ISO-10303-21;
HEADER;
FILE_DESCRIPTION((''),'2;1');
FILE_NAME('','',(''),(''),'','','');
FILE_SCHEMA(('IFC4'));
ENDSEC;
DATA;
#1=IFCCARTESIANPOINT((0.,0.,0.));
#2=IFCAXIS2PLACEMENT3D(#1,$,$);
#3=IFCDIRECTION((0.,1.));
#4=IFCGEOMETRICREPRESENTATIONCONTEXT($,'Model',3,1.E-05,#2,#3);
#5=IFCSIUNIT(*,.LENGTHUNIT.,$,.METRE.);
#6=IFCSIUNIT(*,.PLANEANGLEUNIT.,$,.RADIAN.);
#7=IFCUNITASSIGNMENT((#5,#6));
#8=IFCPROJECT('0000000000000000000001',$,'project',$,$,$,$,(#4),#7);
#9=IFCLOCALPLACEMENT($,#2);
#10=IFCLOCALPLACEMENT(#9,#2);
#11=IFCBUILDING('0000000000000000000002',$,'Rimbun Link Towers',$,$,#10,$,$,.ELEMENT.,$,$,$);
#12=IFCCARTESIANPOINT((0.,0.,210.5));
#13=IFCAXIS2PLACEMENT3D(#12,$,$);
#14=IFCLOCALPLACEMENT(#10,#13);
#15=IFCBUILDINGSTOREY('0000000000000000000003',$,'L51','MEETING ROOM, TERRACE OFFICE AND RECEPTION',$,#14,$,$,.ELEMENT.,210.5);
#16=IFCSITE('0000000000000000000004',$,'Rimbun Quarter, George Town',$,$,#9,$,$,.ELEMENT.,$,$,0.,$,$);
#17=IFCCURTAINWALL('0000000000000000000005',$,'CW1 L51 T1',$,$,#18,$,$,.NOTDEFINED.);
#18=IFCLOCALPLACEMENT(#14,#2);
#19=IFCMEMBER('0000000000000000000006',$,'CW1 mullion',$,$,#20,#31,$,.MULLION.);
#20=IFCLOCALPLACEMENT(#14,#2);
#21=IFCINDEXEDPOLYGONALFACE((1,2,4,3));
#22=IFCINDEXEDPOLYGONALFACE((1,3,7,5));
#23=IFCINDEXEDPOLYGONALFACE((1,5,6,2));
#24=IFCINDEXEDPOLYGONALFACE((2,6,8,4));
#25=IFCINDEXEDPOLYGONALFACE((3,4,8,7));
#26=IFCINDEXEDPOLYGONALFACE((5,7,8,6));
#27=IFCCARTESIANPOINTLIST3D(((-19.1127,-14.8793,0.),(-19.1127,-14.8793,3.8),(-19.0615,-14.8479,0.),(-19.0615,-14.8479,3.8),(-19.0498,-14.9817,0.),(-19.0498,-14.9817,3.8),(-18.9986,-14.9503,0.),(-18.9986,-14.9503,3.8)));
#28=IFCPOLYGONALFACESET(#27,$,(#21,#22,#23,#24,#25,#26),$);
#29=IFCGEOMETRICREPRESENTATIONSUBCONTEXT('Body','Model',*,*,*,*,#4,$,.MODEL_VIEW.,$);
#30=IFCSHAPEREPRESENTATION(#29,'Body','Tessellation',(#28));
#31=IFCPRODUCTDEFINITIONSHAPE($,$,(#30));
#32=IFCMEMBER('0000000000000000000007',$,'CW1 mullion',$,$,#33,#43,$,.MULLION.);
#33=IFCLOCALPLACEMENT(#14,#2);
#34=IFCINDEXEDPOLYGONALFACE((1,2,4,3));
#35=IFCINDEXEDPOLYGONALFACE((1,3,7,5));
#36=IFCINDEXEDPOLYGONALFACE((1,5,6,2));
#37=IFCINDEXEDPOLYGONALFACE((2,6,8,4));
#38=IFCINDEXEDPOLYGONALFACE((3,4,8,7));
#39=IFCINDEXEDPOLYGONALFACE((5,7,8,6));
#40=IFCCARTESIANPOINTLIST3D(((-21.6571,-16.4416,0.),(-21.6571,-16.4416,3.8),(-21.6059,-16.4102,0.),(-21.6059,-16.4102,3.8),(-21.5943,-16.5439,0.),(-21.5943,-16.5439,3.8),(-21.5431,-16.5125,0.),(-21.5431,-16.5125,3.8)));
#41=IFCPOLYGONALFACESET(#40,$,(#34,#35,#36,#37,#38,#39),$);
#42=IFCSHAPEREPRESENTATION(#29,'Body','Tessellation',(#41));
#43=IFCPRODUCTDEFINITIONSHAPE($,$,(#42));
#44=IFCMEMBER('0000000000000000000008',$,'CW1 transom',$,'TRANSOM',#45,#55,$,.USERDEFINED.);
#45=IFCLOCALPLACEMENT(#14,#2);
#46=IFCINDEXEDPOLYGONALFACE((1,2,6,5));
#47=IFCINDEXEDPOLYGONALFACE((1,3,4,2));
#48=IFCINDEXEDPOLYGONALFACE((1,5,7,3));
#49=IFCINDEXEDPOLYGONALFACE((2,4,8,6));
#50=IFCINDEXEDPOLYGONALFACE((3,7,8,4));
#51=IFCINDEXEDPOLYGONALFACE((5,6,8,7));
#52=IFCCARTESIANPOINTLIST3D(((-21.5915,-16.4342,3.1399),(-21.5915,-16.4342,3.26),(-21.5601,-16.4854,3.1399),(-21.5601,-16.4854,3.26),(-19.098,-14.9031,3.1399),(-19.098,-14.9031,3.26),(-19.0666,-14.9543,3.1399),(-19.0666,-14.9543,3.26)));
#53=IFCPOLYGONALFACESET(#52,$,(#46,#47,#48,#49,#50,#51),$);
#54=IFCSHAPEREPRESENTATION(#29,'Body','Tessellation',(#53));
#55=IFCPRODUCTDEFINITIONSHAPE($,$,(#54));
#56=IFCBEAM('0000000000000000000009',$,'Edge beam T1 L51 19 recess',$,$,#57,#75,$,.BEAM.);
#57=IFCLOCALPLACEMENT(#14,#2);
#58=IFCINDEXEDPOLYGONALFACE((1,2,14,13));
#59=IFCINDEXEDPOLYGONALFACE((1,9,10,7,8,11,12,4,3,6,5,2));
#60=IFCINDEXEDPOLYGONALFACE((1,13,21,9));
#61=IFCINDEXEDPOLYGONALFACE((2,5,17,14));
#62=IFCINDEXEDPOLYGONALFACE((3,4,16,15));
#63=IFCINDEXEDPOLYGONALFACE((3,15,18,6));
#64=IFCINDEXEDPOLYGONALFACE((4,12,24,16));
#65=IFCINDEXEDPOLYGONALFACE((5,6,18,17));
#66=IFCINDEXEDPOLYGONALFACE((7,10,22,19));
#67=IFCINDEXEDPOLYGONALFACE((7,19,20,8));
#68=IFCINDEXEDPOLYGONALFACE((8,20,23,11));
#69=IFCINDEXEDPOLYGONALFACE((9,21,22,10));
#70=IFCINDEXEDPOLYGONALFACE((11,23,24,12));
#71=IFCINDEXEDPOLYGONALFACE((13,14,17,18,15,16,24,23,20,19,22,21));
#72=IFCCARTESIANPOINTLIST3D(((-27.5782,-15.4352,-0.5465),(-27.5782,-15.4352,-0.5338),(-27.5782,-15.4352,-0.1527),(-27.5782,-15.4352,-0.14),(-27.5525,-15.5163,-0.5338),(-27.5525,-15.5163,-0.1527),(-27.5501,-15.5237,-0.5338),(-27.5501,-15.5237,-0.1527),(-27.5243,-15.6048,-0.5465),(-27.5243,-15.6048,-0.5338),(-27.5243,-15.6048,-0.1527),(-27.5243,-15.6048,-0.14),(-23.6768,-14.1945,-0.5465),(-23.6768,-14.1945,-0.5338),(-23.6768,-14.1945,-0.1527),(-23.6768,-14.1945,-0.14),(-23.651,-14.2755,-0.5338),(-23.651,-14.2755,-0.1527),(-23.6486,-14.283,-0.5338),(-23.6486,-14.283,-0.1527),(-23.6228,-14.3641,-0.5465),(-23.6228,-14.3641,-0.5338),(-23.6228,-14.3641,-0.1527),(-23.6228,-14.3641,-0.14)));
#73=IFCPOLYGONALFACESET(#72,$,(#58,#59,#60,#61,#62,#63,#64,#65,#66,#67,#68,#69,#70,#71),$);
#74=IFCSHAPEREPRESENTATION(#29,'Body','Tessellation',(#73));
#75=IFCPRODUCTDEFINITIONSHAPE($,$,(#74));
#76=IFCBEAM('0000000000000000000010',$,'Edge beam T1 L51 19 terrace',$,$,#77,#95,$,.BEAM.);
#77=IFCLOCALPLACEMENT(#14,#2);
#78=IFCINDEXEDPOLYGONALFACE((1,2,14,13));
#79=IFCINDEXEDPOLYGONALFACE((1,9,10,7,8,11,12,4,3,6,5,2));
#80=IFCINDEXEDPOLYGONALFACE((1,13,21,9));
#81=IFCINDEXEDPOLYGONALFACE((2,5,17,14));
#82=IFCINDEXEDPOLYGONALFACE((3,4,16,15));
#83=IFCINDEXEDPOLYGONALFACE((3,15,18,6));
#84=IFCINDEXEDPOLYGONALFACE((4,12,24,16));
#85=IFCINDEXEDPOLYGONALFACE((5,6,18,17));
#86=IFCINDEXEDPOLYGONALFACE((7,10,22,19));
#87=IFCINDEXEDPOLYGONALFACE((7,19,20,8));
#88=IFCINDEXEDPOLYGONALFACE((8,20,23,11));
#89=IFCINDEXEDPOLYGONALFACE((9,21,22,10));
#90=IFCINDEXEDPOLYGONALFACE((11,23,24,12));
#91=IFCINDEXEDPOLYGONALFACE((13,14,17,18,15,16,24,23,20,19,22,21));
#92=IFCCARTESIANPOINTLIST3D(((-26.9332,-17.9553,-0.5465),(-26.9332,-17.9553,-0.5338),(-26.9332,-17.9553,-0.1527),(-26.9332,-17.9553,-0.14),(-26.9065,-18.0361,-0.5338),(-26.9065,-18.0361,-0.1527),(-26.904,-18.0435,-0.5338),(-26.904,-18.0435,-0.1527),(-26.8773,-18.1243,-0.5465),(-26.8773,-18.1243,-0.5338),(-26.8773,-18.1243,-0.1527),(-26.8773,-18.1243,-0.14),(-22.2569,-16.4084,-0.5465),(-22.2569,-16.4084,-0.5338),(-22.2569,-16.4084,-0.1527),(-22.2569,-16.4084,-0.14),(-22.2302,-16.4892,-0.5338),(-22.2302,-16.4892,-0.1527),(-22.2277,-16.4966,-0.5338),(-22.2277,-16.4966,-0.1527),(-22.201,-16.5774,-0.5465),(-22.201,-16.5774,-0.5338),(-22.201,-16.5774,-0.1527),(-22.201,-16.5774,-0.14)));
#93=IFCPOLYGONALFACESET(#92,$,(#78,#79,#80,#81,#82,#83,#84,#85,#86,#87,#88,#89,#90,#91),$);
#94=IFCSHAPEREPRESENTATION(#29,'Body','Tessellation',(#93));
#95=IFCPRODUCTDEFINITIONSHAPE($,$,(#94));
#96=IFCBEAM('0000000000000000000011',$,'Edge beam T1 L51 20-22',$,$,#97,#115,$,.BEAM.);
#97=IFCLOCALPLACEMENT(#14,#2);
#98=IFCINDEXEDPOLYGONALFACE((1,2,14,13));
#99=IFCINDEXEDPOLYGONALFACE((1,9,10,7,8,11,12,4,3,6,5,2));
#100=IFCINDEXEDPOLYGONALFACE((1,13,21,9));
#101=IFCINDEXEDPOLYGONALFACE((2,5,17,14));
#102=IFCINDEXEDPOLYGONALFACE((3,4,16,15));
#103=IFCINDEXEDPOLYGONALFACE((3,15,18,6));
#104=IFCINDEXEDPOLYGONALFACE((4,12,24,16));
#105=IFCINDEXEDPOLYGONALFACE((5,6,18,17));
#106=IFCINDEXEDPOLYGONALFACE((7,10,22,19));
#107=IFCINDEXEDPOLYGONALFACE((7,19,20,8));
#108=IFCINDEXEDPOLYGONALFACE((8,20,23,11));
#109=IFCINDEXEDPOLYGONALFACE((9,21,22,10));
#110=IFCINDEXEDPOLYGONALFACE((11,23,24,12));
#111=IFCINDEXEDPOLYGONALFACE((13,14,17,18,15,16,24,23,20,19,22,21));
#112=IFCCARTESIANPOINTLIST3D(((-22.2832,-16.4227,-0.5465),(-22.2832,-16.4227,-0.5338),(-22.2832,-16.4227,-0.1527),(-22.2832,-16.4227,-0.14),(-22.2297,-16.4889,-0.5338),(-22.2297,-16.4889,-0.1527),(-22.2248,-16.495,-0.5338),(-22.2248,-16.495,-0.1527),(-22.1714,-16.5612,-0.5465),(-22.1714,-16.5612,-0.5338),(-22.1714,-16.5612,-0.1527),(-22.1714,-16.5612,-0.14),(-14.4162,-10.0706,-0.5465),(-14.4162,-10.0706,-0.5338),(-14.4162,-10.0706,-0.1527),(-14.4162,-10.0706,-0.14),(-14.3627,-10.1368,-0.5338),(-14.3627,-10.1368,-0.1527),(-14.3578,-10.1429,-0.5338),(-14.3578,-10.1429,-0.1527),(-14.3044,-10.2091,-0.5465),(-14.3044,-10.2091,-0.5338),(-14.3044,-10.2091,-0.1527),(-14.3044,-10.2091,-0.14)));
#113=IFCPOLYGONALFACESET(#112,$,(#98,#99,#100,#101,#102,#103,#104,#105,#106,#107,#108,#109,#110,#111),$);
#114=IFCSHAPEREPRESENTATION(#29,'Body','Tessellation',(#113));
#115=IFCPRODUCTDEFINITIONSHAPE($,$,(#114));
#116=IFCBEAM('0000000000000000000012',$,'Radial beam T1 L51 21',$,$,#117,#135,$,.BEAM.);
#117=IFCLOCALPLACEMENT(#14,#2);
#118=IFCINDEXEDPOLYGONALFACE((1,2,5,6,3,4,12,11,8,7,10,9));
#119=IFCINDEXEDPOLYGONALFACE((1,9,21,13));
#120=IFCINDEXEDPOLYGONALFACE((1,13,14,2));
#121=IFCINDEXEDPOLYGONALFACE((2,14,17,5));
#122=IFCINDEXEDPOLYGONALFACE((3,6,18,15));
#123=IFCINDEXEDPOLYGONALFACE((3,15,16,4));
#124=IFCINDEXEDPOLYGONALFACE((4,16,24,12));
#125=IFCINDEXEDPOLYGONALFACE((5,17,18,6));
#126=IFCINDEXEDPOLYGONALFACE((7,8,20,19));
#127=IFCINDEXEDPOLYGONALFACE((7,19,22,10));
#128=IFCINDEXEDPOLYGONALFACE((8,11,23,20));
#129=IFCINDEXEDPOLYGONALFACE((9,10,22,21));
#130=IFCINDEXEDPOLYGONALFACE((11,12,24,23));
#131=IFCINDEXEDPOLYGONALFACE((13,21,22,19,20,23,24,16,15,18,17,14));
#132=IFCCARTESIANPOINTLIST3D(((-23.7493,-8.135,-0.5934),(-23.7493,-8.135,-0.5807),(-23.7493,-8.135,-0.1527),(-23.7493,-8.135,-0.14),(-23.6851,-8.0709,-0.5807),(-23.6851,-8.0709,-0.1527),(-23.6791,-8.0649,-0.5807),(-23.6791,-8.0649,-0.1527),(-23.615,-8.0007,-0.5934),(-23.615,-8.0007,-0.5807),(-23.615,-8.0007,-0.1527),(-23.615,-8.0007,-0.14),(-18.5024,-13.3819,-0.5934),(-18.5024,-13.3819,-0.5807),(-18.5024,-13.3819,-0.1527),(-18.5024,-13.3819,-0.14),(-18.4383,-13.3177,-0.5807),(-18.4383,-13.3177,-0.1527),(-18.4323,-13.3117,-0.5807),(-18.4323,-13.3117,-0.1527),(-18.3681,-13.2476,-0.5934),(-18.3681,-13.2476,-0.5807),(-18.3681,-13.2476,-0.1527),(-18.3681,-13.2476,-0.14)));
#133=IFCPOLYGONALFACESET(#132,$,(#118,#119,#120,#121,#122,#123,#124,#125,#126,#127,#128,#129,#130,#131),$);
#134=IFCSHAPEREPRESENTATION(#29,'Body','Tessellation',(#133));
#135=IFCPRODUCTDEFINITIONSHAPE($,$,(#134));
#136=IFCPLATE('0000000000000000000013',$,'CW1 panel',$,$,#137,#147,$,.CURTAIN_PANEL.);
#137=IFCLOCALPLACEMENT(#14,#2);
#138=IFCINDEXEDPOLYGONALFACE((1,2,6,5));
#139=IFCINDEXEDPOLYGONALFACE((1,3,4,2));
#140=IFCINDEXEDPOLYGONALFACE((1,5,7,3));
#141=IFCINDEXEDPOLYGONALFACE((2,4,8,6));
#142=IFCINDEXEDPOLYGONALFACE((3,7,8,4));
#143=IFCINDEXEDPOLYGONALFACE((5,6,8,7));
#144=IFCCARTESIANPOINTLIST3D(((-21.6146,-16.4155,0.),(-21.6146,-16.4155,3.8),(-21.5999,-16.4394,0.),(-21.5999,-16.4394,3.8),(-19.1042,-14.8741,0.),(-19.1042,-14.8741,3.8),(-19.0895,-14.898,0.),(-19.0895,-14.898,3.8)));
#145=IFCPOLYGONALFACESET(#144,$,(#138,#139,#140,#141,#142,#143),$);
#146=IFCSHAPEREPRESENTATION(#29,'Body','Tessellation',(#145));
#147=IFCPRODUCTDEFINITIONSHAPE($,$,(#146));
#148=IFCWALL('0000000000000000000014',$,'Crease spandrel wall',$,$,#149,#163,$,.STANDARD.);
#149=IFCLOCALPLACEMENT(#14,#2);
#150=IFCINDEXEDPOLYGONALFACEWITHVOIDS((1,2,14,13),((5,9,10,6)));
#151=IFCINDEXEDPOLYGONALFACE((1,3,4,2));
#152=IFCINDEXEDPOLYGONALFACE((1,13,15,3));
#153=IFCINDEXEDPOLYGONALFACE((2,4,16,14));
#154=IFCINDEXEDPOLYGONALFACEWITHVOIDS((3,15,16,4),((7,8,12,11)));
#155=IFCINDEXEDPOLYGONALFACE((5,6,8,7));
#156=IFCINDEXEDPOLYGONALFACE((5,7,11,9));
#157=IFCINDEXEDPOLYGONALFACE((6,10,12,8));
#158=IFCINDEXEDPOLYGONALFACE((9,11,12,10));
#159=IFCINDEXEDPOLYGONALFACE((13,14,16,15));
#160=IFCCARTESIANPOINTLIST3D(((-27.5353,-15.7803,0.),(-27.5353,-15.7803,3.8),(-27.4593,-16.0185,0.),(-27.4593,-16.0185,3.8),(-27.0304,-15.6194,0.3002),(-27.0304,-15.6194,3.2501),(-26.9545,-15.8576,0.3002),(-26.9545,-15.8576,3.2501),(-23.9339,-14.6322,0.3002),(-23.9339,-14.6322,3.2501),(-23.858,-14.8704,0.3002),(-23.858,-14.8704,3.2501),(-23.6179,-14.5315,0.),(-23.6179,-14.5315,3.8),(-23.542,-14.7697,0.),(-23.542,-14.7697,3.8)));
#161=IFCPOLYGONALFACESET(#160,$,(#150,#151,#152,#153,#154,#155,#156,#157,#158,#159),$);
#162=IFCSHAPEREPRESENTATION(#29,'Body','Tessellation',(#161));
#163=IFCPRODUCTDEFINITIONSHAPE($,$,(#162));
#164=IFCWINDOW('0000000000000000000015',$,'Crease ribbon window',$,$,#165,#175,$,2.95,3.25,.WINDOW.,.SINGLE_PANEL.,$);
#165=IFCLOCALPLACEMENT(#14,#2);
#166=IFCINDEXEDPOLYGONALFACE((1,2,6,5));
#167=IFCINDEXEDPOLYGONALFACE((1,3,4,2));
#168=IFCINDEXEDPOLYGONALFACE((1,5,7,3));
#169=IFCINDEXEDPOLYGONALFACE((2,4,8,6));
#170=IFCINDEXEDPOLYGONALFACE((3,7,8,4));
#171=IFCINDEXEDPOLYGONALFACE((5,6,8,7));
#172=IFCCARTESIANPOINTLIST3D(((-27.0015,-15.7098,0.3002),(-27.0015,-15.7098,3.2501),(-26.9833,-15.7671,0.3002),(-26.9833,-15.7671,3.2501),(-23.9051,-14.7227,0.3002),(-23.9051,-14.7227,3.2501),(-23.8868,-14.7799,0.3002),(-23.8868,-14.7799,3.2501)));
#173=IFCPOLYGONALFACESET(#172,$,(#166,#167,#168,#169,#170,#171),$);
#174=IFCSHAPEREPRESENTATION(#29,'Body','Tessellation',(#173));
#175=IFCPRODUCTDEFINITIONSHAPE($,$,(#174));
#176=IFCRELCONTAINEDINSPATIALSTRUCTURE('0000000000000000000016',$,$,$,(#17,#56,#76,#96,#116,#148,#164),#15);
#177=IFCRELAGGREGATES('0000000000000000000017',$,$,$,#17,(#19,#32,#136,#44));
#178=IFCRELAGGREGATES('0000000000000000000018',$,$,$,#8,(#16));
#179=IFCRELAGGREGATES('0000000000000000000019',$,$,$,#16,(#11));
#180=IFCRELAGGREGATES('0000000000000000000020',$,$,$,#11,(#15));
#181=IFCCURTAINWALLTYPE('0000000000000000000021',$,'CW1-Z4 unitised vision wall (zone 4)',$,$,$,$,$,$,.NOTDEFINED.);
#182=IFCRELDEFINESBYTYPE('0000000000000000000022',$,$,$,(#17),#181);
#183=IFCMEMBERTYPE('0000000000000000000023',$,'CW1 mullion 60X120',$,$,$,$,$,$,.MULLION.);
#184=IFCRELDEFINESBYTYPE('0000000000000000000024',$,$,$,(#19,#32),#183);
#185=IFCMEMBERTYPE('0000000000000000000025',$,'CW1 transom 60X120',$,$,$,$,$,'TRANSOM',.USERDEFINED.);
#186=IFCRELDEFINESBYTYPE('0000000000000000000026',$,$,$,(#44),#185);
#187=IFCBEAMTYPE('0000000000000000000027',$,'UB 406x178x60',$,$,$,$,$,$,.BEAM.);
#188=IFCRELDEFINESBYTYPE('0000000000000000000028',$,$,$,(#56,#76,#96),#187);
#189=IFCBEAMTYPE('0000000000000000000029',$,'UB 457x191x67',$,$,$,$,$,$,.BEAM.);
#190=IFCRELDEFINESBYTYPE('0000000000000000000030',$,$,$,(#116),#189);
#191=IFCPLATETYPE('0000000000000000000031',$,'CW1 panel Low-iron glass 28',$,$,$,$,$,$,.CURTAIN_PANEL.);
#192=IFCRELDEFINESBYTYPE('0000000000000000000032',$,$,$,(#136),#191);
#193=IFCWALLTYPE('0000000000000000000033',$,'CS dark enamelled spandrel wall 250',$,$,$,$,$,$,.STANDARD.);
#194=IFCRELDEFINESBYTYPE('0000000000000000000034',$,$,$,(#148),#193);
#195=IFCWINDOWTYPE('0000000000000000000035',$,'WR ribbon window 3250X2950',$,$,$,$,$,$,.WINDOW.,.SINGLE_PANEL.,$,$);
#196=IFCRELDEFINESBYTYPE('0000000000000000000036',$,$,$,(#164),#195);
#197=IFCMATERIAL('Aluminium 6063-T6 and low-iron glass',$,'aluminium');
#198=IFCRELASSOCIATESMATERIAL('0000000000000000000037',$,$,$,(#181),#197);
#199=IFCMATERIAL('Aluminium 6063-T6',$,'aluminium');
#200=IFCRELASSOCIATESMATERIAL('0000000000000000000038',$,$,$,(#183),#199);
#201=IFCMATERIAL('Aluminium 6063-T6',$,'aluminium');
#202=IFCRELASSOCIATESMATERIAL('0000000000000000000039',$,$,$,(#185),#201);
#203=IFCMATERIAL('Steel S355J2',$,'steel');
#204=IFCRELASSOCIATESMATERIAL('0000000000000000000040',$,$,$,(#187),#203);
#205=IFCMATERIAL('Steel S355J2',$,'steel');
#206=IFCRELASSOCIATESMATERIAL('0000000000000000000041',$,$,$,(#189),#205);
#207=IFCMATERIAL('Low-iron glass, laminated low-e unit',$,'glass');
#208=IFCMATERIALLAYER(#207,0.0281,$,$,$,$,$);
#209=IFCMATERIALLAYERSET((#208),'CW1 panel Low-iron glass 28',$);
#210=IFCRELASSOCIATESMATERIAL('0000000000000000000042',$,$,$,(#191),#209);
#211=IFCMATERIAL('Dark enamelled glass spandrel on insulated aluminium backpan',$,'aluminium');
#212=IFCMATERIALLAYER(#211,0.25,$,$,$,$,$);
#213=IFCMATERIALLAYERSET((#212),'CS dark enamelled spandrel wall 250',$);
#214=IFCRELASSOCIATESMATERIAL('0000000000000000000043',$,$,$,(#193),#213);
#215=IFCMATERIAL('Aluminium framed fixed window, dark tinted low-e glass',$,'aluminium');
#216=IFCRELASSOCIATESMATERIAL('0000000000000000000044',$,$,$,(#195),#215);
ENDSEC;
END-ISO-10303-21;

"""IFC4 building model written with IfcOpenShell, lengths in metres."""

from ifc_helpers import new_model, si_unit, direction, frame, frame_2d, origin, origin_2d, place, context, subcontext, project, spatial, rectangle, i_section, extrude, material, layer, layer_set, material_profile, profile_set, type_object, element, fill, aggregate, save


model = new_model("IFC4")

# Units and contexts
model_context = context("Model", 3, precision=1e-05, world=origin(), true_north=direction((0.0, 1.0)))
body_context = subcontext(model_context, "Body", "Model", "MODEL_VIEW")
ifc_project = project(units=[si_unit("LENGTHUNIT", "METRE"), si_unit("PLANEANGLEUNIT", "RADIAN")], contexts=[model_context])

# Site, building, storey
site_placement = place(None, origin())
site = spatial("IfcSite", under=ifc_project, at=site_placement, Name="Rimbun Quarter, George Town", CompositionType="ELEMENT", RefElevation=0.0)
building_placement = place(site_placement, origin())
building = spatial("IfcBuilding", under=site, at=building_placement, Name="Rimbun Link Towers", CompositionType="ELEMENT")
storey_placement = place(building_placement, frame((0.0, 0.0, 210.5)))
storey = spatial("IfcBuildingStorey", under=building, at=storey_placement, Name="L51", Description="MEETING ROOM, TERRACE OFFICE AND RECEPTION", CompositionType="ELEMENT", Elevation=210.5)

# Curtain wall, members
ifc_material_1 = material(Name="Aluminium 6063-T6 and low-iron glass", Category="aluminium")
curtain_wall_type = type_object("IfcCurtainWallType", Name="CW1-Z4 unitised vision wall (zone 4)", PredefinedType="NOTDEFINED", material=ifc_material_1)
curtain_wall_placement = place(storey_placement, origin())
curtain_wall = element("IfcCurtainWall", 1, at=curtain_wall_placement, inside=storey, type_object=curtain_wall_type, Name="CW1 L51 T1", PredefinedType="NOTDEFINED")
ifc_material_2 = material(Name="Aluminium 6063-T6", Category="aluminium")
ifc_material_profile_1 = material_profile(ifc_material_2, rectangle(XDim=0.1201, YDim=0.0601, at=origin_2d()), Name="MULLION 60X120")
ifc_profile_set_1 = profile_set([ifc_material_profile_1], Name="Aluminium 6063-T6")
member_type_1 = type_object("IfcMemberType", Name="CW1 mullion 60X120", PredefinedType="MULLION", material=ifc_profile_set_1)
member_1_placement = place(storey_placement, frame((-19.0557, -14.9148, 0.0), z_axis=(0.0, 0.0, 1.0), x_axis=(0.523242, -0.852184, 0.0)))
member_1 = element("IfcMember", 2, at=member_1_placement, type_object=member_type_1, Name="CW1 mullion", PredefinedType="MULLION", context=body_context, shape_type="SweptSolid", body=[
    extrude(rectangle(XDim=0.1201, YDim=0.0601, at=origin_2d()), origin(), (0.0, 0.0, 1.0), 3.8),
])
member_2_placement = place(storey_placement, frame((-21.6001, -16.4771, 0.0), z_axis=(0.0, 0.0, 1.0), x_axis=(0.523242, -0.852184, 0.0)))
member_2 = element("IfcMember", 3, at=member_2_placement, type_object=member_type_1, Name="CW1 mullion", PredefinedType="MULLION", context=body_context, shape_type="SweptSolid", body=[
    extrude(rectangle(XDim=0.1201, YDim=0.0601, at=origin_2d()), origin(), (0.0, 0.0, 1.0), 3.8),
])
ifc_material_3 = material(Name="Aluminium 6063-T6", Category="aluminium")
ifc_material_profile_2 = material_profile(ifc_material_3, rectangle(XDim=0.0601, YDim=0.1201, at=origin_2d()), Name="TRANSOM 60X120")
ifc_profile_set_2 = profile_set([ifc_material_profile_2], Name="Aluminium 6063-T6")
member_type_2 = type_object("IfcMemberType", Name="CW1 transom 60X120", ElementType="TRANSOM", PredefinedType="USERDEFINED", material=ifc_profile_set_2)
member_3_placement = place(storey_placement, frame((-19.0823, -14.9287, 3.2), z_axis=(-0.852176, -0.523255, 0.0), x_axis=(0.523255, -0.852176, 0.0)))
member_3 = element("IfcMember", 4, at=member_3_placement, type_object=member_type_2, Name="CW1 transom", ObjectType="TRANSOM", PredefinedType="USERDEFINED", context=body_context, shape_type="SweptSolid", body=[
    extrude(rectangle(XDim=0.0601, YDim=0.1201, at=origin_2d()), origin(), (0.0, 0.0, 1.0), 2.926),
])

# Beams
ifc_material_4 = material(Name="Steel S355J2", Category="steel")
ifc_material_profile_3 = material_profile(ifc_material_4, i_section(OverallWidth=0.178, OverallDepth=0.4065, WebThickness=0.0078, FlangeThickness=0.0127, at=origin_2d()), Name="UB 406x178x60")
ifc_profile_set_3 = profile_set([ifc_material_profile_3], Name="Steel S355J2")
beam_type_1 = type_object("IfcBeamType", Name="UB 406x178x60", PredefinedType="BEAM", material=ifc_profile_set_3)
beam_1_placement = place(storey_placement, frame((-27.5513, -15.52, -0.3433), z_axis=(0.95297, 0.303066, 0.0), x_axis=(-0.303066, 0.95297, 0.0)))
element("IfcBeam", 5, at=beam_1_placement, inside=storey, type_object=beam_type_1, Name="Edge beam T1 L51 19 recess", PredefinedType="BEAM", context=body_context, shape_type="SweptSolid", body=[
    extrude(i_section(OverallWidth=0.178, OverallDepth=0.4065, WebThickness=0.0078, FlangeThickness=0.0127, at=origin_2d()), origin(), (0.0, 0.0, 1.0), 4.094),
])
beam_2_placement = place(storey_placement, frame((-26.9053, -18.0398, -0.3433), z_axis=(0.949404, 0.314056, 0.0), x_axis=(-0.314056, 0.949404, 0.0)))
element("IfcBeam", 6, at=beam_2_placement, inside=storey, type_object=beam_type_1, Name="Edge beam T1 L51 19 terrace", PredefinedType="BEAM", context=body_context, shape_type="SweptSolid", body=[
    extrude(i_section(OverallWidth=0.178, OverallDepth=0.4065, WebThickness=0.0078, FlangeThickness=0.0127, at=origin_2d()), origin(), (0.0, 0.0, 1.0), 4.9255),
])
beam_3_placement = place(storey_placement, frame((-22.2273, -16.4919, -0.3433), z_axis=(0.778039, 0.628216, 0.0), x_axis=(-0.628216, 0.778039, 0.0)))
element("IfcBeam", 7, at=beam_3_placement, inside=storey, type_object=beam_type_1, Name="Edge beam T1 L51 20-22", PredefinedType="BEAM", context=body_context, shape_type="SweptSolid", body=[
    extrude(i_section(OverallWidth=0.178, OverallDepth=0.4065, WebThickness=0.0078, FlangeThickness=0.0127, at=origin_2d()), origin(), (0.0, 0.0, 1.0), 10.1113),
])
ifc_material_5 = material(Name="Steel S355J2", Category="steel")
ifc_material_profile_4 = material_profile(ifc_material_5, i_section(OverallWidth=0.1899, OverallDepth=0.4534, WebThickness=0.0085, FlangeThickness=0.0127, at=origin_2d()), Name="UB 457x191x67")
ifc_profile_set_4 = profile_set([ifc_material_profile_4], Name="Steel S355J2")
beam_type_2 = type_object("IfcBeamType", Name="UB 457x191x67", PredefinedType="BEAM", material=ifc_profile_set_4)
beam_4_placement = place(storey_placement, frame((-23.6821, -8.0679, -0.3667), z_axis=(0.707107, -0.707107, 0.0), x_axis=(0.707107, 0.707107, 0.0)))
element("IfcBeam", 8, at=beam_4_placement, inside=storey, type_object=beam_type_2, Name="Radial beam T1 L51 21", PredefinedType="BEAM", context=body_context, shape_type="SweptSolid", body=[
    extrude(i_section(OverallWidth=0.1899, OverallDepth=0.4534, WebThickness=0.0085, FlangeThickness=0.0127, at=origin_2d()), origin(), (0.0, 0.0, 1.0), 7.4202),
])

# Plate
ifc_material_6 = material(Name="Low-iron glass, laminated low-e unit", Category="glass")
ifc_layer_1 = layer(ifc_material_6, 0.0281)
ifc_layer_set_1 = layer_set([ifc_layer_1], Name="CW1 panel Low-iron glass 28")
plate_type = type_object("IfcPlateType", Name="CW1 panel Low-iron glass 28", PredefinedType="CURTAIN_PANEL", material=ifc_layer_set_1)
plate_placement = place(storey_placement, frame((-20.3521, -15.6567, 0.0), z_axis=(0.0, 0.0, 1.0), x_axis=(-0.852184, -0.523242, 0.0)))
plate = element("IfcPlate", 9, at=plate_placement, type_object=plate_type, Name="CW1 panel", PredefinedType="CURTAIN_PANEL", context=body_context, shape_type="SweptSolid", body=[
    extrude(rectangle(XDim=2.9458, YDim=0.0281, at=origin_2d()), origin(), (0.0, 0.0, 1.0), 3.8),
])
aggregate(curtain_wall, [member_1, member_2, plate, member_3])

# Shared definitions
ifc_material_7 = material(Name="Dark enamelled glass spandrel on insulated aluminium backpan", Category="aluminium")
ifc_layer_2 = layer(ifc_material_7, 0.25)
ifc_layer_set_2 = layer_set([ifc_layer_2], Name="CS dark enamelled spandrel wall 250")
wall_type_1 = type_object("IfcWallType", Name="CS dark enamelled spandrel wall 250", PredefinedType="STANDARD", material=ifc_layer_set_2)

# Wall, opening, window
wall_1_placement = place(storey_placement, frame((-23.5801, -14.6506, 0.0), z_axis=(0.0, 0.0, 1.0), x_axis=(-0.952758, -0.303731, 0.0)))
wall_1 = element("IfcWall", 10, at=wall_1_placement, inside=storey, type_object=wall_type_1, Name="Crease spandrel wall", PredefinedType="STANDARD", context=body_context, shape_type="SweptSolid", body=[
    extrude(rectangle(XDim=4.1116, YDim=0.25, at=frame_2d((2.0557, 0.0))), origin(), (0.0, 0.0, 1.0), 3.8),
])
opening_1_placement = place(wall_1_placement, frame((0.3315, 0.0, 0.3)))
opening_1 = element("IfcOpeningElement", 11, at=opening_1_placement, cuts=wall_1, PredefinedType="OPENING", context=body_context, shape_type="SweptSolid", body=[
    extrude(rectangle(XDim=3.25, YDim=2.95, at=frame_2d((1.625, 1.4751))), frame((0.0, 0.135, 0.0), z_axis=(0.0, -1.0, 0.0), x_axis=(1.0, 0.0, 0.0)), (0.0, 0.0, 1.0), 0.27),
])
ifc_material_8 = material(Name="Aluminium framed fixed window, dark tinted low-e glass", Category="aluminium")
window_type_1 = type_object("IfcWindowType", Name="WR ribbon window 3250X2950", PartitioningType="SINGLE_PANEL", PredefinedType="WINDOW", material=ifc_material_8)
window_1_placement = place(opening_1_placement, origin())
window_1 = element("IfcWindow", 12, at=window_1_placement, inside=storey, type_object=window_type_1, Name="Crease ribbon window", OverallHeight=2.95, OverallWidth=3.25, PartitioningType="SINGLE_PANEL", PredefinedType="WINDOW", context=body_context, shape_type="SweptSolid", body=[
    extrude(rectangle(XDim=3.25, YDim=2.95, at=frame_2d((1.625, 1.4751))), frame((0.0, 0.03, 0.0), z_axis=(0.0, -1.0, 0.0), x_axis=(1.0, 0.0, 0.0)), (0.0, 0.0, 1.0), 0.0601),
])
fill(opening_1, window_1)

save(model, "model.ifc")
